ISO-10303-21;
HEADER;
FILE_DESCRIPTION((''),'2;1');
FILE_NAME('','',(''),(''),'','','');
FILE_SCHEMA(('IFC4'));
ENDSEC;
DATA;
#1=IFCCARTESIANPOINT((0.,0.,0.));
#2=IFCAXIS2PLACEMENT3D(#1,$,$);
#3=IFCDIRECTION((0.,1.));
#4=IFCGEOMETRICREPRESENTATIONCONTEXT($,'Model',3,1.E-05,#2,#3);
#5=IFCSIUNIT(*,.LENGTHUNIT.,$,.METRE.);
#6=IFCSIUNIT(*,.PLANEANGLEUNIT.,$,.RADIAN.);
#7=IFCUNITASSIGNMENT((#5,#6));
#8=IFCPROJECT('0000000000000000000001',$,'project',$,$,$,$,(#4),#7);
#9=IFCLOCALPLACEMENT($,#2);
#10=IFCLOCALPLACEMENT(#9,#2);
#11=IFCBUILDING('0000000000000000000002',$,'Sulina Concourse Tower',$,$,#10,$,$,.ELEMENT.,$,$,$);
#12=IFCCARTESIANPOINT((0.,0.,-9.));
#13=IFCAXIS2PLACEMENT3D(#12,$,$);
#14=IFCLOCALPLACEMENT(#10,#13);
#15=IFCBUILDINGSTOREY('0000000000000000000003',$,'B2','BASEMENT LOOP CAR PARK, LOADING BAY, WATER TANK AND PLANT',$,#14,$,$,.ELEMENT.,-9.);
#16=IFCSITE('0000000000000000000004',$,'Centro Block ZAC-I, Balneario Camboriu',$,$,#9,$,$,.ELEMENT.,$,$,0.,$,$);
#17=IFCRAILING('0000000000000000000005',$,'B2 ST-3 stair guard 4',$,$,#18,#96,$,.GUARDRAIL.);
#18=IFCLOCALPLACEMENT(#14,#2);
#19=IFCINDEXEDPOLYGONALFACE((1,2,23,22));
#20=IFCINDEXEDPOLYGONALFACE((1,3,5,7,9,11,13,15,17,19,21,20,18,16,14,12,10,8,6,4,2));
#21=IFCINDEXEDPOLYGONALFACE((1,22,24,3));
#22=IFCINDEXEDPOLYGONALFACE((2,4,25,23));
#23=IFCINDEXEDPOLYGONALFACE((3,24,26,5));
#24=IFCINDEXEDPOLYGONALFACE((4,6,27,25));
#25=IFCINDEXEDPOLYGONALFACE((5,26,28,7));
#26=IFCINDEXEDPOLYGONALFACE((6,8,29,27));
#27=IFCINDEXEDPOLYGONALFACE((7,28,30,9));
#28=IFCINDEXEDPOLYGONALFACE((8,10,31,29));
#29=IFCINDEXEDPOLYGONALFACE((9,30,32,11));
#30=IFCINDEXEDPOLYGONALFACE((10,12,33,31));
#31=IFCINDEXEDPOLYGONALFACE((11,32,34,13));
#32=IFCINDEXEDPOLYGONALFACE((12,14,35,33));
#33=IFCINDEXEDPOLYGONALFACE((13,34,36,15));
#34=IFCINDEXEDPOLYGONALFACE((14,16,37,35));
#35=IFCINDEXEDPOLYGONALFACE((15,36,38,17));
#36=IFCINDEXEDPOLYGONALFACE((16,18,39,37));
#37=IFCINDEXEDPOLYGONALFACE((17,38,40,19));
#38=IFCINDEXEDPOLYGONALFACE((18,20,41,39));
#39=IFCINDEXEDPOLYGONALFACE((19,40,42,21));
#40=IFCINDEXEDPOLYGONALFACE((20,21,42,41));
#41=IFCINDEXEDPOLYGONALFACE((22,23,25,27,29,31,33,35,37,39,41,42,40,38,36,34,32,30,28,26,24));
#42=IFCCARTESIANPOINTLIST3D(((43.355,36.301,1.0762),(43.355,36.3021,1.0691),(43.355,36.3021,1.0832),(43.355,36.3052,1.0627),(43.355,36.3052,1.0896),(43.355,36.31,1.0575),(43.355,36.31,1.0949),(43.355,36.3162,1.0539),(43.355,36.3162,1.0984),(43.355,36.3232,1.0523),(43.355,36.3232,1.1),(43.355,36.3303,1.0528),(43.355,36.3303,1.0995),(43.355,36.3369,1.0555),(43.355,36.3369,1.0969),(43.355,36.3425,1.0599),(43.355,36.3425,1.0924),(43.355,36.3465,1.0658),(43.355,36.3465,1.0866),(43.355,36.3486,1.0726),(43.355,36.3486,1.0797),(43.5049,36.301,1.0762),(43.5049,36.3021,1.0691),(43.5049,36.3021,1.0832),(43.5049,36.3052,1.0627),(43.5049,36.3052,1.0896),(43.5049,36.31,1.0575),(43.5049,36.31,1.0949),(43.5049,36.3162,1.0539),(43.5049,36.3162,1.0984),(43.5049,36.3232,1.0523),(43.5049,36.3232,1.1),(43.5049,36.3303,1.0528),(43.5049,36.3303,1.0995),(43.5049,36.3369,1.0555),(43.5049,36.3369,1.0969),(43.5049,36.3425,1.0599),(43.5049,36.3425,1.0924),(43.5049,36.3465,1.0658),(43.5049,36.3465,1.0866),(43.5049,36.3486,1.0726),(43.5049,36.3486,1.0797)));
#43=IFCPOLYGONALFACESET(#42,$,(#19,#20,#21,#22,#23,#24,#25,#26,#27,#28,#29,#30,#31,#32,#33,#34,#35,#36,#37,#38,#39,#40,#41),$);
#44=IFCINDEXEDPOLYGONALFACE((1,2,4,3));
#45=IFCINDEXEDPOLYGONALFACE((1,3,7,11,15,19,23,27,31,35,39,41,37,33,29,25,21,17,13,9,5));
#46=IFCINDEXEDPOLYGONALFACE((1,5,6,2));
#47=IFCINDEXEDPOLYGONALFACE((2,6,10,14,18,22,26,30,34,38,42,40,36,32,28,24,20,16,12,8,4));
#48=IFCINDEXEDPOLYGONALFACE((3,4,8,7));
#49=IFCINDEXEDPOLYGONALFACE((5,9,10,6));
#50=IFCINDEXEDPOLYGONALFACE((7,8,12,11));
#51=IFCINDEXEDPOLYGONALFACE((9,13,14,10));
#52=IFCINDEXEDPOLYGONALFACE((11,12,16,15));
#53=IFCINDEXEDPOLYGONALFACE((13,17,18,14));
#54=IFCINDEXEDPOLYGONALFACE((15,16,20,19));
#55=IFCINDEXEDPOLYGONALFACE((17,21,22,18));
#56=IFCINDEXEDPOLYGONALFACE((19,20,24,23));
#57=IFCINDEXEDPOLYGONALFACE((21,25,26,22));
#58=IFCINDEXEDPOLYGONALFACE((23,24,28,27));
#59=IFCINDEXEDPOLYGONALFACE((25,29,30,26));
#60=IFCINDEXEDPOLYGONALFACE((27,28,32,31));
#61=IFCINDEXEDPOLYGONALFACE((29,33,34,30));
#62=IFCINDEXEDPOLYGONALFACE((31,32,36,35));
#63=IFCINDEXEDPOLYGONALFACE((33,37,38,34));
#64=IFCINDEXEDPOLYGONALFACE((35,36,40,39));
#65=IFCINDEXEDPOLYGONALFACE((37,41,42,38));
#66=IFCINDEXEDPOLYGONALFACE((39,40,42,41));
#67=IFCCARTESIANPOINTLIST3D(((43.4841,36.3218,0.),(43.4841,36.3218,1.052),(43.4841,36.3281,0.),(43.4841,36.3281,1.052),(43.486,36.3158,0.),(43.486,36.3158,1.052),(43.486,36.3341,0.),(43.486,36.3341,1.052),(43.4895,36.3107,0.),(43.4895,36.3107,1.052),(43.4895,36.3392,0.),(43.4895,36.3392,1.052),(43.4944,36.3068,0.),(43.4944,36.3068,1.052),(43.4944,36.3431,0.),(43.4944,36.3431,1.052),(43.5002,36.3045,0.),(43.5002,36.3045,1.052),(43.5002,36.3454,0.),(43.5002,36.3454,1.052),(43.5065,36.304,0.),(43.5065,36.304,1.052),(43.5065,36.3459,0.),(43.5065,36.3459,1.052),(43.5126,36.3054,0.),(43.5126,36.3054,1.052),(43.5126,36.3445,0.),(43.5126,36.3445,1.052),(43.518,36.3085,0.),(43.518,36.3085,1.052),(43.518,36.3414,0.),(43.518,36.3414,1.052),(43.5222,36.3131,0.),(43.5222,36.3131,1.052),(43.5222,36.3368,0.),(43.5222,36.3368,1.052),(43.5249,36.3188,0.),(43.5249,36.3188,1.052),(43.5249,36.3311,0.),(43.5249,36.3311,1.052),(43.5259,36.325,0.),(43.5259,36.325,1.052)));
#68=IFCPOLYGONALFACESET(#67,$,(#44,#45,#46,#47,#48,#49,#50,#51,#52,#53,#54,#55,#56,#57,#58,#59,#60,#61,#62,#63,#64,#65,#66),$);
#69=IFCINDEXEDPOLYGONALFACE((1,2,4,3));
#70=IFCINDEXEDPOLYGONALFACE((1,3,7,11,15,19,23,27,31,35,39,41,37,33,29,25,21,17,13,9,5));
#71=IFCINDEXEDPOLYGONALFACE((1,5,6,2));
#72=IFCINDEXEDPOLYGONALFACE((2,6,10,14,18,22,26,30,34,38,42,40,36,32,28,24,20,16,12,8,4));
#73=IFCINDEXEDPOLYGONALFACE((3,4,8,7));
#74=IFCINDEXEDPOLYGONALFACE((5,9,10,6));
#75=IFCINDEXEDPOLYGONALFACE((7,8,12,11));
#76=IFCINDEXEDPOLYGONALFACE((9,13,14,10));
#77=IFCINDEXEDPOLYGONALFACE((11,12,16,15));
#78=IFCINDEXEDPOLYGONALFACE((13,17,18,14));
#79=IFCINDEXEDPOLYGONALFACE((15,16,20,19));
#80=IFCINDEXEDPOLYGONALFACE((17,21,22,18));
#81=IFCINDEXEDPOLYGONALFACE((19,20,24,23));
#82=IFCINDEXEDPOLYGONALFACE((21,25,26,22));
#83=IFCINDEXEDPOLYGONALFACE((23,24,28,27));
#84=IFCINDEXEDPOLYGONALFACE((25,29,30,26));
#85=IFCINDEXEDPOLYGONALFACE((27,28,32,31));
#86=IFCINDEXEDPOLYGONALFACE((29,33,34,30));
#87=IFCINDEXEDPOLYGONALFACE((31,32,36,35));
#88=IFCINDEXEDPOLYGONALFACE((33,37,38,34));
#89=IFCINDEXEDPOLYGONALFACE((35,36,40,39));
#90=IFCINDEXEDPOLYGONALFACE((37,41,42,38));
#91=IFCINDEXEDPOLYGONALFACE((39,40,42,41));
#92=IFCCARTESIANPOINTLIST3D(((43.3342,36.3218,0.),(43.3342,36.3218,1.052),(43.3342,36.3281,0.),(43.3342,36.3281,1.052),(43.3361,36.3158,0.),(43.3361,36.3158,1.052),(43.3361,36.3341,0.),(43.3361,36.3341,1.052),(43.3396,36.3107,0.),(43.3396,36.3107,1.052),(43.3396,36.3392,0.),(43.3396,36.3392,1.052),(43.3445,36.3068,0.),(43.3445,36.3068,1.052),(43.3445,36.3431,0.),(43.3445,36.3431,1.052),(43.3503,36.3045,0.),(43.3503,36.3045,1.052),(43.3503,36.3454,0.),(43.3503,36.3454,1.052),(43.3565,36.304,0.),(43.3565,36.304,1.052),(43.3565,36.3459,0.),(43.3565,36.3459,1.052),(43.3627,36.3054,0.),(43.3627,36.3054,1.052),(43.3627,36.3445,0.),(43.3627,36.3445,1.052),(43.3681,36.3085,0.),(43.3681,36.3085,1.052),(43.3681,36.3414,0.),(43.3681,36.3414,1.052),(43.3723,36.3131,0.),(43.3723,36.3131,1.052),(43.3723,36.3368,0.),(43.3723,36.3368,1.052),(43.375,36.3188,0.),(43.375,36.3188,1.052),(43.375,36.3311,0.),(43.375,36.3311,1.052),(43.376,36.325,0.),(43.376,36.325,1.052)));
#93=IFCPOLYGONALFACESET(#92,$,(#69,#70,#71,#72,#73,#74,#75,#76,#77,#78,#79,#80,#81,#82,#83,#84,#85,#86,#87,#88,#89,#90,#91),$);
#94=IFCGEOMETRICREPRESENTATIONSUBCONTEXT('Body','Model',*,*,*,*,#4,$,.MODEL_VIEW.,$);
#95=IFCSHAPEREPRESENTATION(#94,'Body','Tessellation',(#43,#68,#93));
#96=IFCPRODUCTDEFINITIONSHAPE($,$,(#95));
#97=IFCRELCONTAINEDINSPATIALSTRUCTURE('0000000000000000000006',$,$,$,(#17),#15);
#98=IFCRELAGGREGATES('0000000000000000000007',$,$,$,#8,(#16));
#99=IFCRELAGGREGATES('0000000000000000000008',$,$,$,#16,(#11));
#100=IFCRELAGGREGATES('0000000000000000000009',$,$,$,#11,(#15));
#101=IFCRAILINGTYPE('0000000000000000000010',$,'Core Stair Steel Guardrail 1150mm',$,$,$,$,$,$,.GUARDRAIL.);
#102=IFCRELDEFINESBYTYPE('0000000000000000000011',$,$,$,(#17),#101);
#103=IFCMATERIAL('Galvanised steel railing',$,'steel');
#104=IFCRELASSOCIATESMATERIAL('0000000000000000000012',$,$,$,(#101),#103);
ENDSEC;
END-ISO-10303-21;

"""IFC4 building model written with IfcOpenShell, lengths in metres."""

from ifc_helpers import new_model, si_unit, direction, frame, origin, origin_2d, place, context, subcontext, project, spatial, circle, extrude, material, type_object, element, save


model = new_model("IFC4")

# Units and contexts
model_context = context("Model", 3, precision=1e-05, world=origin(), true_north=direction((0.0, 1.0)))
body_context = subcontext(model_context, "Body", "Model", "MODEL_VIEW")
ifc_project = project(units=[si_unit("LENGTHUNIT", "METRE"), si_unit("PLANEANGLEUNIT", "RADIAN")], contexts=[model_context])

# Site, building, storey
site_placement = place(None, origin())
site = spatial("IfcSite", under=ifc_project, at=site_placement, Name="Centro Block ZAC-I, Balneario Camboriu", CompositionType="ELEMENT", RefElevation=0.0)
building_placement = place(site_placement, origin())
building = spatial("IfcBuilding", under=site, at=building_placement, Name="Sulina Concourse Tower", CompositionType="ELEMENT")
storey_placement = place(building_placement, frame((0.0, 0.0, -9.0)))
storey = spatial("IfcBuildingStorey", under=building, at=storey_placement, Name="B2", Description="BASEMENT LOOP CAR PARK, LOADING BAY, WATER TANK AND PLANT", CompositionType="ELEMENT", Elevation=-9.0)

# Railing
ifc_material_1 = material(Name="Galvanised steel railing", Category="steel")
railing_type_1 = type_object("IfcRailingType", Name="Core Stair Steel Guardrail 1150mm", PredefinedType="GUARDRAIL", material=ifc_material_1)
railing_1_placement = place(storey_placement, frame((43.5049, 36.325, 0.0)))
element("IfcRailing", 1, at=railing_1_placement, inside=storey, type_object=railing_type_1, Name="B2 ST-3 stair guard 4", PredefinedType="GUARDRAIL", context=body_context, shape_type="SweptSolid", body=[
    extrude(circle(Radius=0.0239, at=origin_2d()), frame((0.0, 0.0, 1.0762), z_axis=(-1.0, 0.0, 0.0), x_axis=(0.0, -1.0, 0.0)), (0.0, 0.0, 1.0), 0.1499),
    extrude(circle(Radius=0.021, at=origin_2d()), origin(), (0.0, 0.0, 1.0), 1.052),
    extrude(circle(Radius=0.021, at=origin_2d()), frame((-0.1499, 0.0, 0.0)), (0.0, 0.0, 1.0), 1.052),
])

save(model, "model.ifc")
